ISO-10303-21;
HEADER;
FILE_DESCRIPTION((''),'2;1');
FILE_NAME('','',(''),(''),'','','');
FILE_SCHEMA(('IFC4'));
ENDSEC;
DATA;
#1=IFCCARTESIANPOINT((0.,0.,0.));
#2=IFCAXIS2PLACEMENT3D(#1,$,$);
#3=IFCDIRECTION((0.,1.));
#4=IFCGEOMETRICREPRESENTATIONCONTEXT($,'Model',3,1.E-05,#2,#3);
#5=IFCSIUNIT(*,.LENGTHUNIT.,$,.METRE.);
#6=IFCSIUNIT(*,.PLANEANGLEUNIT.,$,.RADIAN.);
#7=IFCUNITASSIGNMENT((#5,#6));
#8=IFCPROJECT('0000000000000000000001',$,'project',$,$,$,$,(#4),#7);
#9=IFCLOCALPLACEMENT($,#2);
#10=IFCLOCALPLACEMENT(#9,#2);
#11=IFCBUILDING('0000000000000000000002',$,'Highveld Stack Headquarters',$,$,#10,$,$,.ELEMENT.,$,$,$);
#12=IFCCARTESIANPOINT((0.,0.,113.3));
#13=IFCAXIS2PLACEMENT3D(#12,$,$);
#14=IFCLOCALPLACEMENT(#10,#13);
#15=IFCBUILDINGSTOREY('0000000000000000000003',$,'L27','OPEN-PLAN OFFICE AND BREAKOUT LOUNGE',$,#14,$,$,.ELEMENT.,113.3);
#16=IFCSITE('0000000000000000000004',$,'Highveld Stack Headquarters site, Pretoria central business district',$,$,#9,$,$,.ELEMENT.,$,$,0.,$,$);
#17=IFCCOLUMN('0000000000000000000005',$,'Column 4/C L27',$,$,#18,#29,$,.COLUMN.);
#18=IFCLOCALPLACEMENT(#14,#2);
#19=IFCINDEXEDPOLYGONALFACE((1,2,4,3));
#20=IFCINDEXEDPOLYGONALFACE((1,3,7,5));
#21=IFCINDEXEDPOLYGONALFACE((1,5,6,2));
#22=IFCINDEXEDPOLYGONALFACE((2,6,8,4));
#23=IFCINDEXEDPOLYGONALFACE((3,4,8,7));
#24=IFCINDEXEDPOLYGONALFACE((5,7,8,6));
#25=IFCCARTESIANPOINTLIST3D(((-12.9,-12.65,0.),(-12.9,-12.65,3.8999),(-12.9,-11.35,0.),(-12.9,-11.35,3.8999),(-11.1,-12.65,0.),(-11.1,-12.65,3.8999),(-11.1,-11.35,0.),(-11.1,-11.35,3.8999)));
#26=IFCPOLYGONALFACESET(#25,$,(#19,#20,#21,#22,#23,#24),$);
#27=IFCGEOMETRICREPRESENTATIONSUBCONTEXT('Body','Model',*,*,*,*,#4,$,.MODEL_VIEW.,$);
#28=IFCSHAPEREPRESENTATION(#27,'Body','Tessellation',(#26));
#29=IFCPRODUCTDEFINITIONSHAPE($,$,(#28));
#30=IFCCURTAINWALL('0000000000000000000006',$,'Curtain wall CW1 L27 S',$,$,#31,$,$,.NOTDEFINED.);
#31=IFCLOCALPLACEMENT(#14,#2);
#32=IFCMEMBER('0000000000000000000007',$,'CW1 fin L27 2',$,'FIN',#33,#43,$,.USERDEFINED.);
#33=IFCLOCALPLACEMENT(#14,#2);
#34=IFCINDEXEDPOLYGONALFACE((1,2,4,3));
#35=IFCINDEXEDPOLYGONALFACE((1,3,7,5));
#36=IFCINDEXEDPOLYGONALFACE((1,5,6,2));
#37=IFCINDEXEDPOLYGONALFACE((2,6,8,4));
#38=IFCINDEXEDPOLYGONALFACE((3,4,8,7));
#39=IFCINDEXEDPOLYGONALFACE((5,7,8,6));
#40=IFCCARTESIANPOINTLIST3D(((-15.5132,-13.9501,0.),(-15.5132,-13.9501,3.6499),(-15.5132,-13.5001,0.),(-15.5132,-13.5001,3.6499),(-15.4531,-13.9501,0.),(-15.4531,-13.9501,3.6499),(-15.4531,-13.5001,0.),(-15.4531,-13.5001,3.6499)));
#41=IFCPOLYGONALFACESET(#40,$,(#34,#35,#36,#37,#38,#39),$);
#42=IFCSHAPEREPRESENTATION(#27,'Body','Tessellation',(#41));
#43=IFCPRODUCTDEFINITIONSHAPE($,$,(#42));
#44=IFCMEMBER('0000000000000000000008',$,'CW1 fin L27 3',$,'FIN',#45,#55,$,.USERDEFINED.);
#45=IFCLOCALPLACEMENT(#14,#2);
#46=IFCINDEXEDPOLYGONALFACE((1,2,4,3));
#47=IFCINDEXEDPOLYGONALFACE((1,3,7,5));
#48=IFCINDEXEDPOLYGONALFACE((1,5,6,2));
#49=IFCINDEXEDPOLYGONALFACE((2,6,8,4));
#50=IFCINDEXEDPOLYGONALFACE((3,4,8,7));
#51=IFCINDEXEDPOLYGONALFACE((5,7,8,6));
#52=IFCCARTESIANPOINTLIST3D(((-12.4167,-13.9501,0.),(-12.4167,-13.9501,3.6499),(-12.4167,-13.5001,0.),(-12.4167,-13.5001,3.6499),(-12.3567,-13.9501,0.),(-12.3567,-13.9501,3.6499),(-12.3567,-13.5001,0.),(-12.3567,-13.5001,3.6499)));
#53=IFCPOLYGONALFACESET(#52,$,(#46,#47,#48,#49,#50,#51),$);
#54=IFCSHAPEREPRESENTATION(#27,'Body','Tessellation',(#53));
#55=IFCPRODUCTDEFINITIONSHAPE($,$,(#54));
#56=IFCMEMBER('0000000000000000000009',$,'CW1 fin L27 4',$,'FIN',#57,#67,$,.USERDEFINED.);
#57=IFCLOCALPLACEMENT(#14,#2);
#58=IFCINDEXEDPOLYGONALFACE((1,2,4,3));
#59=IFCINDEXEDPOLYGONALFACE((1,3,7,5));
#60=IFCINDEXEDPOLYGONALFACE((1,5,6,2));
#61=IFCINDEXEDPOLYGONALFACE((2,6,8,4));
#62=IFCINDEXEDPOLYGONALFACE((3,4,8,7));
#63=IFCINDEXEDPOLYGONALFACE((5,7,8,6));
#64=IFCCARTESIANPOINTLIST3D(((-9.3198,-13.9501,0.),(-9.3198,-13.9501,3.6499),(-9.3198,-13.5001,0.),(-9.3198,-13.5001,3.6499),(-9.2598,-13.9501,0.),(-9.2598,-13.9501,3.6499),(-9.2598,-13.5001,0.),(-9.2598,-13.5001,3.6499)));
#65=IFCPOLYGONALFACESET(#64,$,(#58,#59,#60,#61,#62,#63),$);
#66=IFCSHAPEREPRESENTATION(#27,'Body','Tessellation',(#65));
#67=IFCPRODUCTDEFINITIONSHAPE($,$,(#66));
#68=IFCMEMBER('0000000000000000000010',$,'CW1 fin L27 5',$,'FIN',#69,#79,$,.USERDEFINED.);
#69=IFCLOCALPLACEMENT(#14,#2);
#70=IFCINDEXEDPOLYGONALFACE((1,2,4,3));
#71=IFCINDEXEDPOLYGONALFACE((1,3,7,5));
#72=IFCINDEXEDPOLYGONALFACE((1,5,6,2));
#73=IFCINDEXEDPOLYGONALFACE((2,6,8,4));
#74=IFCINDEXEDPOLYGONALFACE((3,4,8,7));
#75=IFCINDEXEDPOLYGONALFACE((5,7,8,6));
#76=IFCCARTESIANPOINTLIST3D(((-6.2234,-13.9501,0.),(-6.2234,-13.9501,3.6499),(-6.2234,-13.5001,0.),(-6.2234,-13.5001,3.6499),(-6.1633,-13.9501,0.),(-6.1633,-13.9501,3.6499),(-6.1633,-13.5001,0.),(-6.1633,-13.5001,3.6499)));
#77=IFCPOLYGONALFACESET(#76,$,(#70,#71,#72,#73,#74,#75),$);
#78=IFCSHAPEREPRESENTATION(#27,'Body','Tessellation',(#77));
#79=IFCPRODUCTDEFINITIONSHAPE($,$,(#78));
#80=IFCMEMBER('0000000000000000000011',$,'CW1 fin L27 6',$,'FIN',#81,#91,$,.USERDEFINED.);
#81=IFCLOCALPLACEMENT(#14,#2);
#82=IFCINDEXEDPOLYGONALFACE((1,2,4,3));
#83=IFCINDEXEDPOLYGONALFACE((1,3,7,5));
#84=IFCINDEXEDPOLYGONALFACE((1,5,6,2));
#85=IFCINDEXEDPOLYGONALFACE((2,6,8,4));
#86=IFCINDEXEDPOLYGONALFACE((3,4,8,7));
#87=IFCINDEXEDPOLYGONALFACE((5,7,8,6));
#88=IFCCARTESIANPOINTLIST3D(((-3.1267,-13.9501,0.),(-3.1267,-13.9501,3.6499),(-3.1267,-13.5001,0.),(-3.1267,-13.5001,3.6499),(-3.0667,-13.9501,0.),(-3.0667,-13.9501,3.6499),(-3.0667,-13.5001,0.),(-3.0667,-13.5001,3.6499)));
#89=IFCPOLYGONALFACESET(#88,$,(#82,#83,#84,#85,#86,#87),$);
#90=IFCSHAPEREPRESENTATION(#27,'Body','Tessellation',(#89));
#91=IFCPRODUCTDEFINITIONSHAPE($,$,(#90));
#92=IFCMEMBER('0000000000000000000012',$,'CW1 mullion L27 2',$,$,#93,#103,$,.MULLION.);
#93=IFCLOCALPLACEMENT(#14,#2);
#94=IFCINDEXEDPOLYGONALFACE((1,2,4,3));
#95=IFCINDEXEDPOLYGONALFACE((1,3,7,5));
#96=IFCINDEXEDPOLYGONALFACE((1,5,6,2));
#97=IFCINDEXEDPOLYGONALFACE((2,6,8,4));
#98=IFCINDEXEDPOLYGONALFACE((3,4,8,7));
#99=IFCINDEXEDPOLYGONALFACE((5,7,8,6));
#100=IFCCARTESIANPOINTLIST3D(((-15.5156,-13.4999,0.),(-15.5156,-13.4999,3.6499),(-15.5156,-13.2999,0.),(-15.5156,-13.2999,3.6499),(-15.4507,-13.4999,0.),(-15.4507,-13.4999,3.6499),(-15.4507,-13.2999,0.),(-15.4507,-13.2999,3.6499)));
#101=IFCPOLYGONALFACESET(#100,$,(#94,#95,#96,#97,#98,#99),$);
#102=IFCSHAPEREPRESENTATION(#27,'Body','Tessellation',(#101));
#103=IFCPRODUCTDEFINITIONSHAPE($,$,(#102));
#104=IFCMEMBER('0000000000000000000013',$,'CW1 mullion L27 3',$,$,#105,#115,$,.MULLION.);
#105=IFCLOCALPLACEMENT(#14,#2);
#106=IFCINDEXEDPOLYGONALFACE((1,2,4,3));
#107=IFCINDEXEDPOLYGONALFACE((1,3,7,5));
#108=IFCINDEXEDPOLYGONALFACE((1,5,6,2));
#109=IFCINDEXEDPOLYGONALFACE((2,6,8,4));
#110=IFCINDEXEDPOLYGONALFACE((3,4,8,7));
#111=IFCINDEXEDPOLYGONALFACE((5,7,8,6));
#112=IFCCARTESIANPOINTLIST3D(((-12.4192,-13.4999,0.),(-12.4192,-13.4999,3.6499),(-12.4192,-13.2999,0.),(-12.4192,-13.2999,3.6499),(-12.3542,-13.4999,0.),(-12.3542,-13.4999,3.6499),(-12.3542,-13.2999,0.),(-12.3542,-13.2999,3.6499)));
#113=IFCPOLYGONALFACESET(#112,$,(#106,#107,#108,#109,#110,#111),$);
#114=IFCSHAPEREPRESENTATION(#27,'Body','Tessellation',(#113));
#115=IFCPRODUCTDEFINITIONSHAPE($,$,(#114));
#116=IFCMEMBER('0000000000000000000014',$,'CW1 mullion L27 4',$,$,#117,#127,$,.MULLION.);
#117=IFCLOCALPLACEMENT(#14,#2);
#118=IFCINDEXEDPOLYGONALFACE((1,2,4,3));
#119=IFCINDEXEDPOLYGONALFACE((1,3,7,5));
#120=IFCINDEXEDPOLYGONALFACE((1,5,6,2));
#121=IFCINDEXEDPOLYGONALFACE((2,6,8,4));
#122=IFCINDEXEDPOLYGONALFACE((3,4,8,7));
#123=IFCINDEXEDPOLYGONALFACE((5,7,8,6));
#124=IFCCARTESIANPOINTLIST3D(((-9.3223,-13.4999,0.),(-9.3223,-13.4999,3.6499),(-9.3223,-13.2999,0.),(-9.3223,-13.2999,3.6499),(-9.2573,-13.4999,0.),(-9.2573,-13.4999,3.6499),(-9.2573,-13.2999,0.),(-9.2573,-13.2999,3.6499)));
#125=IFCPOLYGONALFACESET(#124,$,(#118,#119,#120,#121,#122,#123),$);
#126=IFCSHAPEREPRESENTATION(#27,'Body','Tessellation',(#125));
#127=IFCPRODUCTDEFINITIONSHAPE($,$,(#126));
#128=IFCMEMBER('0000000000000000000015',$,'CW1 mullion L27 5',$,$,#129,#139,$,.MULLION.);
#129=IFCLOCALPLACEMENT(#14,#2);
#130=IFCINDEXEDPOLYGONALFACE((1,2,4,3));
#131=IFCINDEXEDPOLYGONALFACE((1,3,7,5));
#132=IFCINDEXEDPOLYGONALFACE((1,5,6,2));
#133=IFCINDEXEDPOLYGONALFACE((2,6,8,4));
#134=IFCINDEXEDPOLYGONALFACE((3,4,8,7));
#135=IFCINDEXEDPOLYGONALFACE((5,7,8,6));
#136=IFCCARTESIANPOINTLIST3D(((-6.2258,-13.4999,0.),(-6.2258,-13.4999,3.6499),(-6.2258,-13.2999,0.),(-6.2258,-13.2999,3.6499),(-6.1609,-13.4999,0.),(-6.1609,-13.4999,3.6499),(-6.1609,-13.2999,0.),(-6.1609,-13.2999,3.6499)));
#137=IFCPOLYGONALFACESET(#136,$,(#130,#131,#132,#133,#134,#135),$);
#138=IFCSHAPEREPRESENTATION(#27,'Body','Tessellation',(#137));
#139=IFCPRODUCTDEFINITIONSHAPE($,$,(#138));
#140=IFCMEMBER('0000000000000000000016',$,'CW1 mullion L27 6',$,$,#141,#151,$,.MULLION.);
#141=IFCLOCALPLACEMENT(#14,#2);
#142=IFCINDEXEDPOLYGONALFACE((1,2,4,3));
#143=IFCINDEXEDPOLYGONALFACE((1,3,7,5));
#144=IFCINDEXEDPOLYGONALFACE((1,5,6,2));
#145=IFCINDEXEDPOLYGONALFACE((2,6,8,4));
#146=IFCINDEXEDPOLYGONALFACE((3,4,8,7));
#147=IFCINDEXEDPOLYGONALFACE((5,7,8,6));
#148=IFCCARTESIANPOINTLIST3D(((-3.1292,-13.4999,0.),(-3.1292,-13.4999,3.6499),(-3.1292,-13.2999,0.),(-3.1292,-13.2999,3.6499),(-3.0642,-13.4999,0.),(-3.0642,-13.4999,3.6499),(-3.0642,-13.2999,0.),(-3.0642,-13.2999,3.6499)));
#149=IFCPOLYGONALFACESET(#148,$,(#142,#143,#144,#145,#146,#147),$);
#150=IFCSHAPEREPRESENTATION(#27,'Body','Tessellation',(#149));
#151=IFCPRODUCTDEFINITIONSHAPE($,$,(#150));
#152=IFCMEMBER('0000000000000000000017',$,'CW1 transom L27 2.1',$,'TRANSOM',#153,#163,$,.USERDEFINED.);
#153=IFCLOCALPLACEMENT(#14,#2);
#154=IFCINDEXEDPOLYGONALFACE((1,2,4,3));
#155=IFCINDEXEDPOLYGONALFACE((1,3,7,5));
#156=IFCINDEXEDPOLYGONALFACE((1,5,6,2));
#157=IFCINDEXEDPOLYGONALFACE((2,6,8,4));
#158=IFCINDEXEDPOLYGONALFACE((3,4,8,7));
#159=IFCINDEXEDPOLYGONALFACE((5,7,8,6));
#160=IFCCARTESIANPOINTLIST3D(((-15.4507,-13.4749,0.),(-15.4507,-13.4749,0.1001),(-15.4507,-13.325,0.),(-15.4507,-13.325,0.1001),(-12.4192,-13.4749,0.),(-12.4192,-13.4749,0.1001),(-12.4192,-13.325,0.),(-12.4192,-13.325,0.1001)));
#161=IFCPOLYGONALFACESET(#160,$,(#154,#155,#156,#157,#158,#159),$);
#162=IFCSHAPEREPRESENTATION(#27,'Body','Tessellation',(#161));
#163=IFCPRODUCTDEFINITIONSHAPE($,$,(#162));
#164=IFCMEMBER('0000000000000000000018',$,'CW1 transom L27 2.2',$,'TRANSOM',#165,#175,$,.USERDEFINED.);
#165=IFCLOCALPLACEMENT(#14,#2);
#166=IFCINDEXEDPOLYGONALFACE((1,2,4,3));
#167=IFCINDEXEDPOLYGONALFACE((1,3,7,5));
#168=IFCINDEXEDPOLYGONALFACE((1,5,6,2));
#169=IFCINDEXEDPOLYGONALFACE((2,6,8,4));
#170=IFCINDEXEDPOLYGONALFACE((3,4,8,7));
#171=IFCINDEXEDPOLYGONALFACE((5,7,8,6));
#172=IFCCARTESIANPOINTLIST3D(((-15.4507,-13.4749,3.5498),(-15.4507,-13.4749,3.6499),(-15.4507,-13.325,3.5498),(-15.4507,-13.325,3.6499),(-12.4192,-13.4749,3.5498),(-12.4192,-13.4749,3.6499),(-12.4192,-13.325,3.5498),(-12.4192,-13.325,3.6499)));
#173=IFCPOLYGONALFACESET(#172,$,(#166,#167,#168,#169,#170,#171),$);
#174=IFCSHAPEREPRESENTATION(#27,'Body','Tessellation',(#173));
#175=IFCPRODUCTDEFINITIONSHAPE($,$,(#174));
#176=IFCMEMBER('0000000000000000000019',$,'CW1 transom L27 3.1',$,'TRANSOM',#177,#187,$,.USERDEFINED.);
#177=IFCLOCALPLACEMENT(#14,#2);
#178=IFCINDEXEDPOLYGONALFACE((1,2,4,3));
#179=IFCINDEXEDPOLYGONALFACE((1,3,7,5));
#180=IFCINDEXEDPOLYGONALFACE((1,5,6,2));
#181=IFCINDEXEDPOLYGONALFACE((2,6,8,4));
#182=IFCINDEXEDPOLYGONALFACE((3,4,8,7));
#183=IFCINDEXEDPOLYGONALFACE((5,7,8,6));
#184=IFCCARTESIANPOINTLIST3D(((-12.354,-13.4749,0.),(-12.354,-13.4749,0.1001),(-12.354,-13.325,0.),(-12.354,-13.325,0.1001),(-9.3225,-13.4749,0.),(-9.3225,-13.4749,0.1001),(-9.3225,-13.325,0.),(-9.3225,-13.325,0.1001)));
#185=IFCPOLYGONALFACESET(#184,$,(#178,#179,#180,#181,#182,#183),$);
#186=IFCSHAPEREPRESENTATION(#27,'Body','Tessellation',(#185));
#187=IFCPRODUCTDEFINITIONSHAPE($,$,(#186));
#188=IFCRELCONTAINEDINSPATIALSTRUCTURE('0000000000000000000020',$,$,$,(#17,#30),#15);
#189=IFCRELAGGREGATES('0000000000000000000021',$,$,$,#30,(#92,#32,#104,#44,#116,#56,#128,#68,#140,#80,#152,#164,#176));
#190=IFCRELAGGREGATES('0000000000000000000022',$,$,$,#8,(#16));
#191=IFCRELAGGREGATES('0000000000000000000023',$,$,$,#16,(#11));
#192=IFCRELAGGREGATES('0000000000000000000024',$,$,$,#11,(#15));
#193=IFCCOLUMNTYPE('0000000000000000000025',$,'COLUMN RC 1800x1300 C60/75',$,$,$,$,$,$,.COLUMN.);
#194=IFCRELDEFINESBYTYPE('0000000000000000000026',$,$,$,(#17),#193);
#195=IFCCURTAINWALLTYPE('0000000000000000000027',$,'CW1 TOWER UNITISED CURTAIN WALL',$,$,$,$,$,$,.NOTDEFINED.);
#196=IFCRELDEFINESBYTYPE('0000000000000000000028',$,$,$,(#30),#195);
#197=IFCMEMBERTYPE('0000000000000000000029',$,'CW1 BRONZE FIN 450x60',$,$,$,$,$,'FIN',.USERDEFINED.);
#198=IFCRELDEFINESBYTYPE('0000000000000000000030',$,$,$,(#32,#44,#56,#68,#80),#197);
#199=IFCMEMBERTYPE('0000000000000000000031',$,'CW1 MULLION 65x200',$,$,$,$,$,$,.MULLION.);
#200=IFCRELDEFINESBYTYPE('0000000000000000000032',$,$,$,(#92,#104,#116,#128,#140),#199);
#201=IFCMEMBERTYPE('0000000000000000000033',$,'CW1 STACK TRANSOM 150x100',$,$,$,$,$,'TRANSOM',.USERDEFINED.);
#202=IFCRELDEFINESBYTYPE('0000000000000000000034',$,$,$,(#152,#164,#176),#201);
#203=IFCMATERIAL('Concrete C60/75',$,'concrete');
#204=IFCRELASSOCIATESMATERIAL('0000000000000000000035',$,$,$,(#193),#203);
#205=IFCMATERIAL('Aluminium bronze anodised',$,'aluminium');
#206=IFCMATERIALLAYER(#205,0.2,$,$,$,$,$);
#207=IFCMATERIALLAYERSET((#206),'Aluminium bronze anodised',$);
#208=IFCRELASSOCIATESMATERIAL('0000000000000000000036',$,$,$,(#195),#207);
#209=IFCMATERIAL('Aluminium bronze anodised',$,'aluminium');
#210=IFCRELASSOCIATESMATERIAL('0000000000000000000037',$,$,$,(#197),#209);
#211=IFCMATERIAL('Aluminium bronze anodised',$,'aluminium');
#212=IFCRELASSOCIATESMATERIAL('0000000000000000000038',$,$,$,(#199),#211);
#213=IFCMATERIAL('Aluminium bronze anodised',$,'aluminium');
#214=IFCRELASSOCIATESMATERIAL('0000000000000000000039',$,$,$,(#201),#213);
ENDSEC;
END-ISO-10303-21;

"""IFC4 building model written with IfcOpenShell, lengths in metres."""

from ifc_helpers import new_model, si_unit, direction, frame, origin, origin_2d, place, context, subcontext, project, spatial, rectangle, extrude, material, layer, layer_set, material_profile, profile_set, type_object, element, aggregate, save


model = new_model("IFC4")

# Units and contexts
model_context = context("Model", 3, precision=1e-05, world=origin(), true_north=direction((0.0, 1.0)))
body_context = subcontext(model_context, "Body", "Model", "MODEL_VIEW")
ifc_project = project(units=[si_unit("LENGTHUNIT", "METRE"), si_unit("PLANEANGLEUNIT", "RADIAN")], contexts=[model_context])

# Site, building, storey
site_placement = place(None, origin())
site = spatial("IfcSite", under=ifc_project, at=site_placement, Name="Highveld Stack Headquarters site, Pretoria central business district", CompositionType="ELEMENT", RefElevation=0.0)
building_placement = place(site_placement, origin())
building = spatial("IfcBuilding", under=site, at=building_placement, Name="Highveld Stack Headquarters", CompositionType="ELEMENT")
storey_placement = place(building_placement, frame((0.0, 0.0, 113.3)))
storey = spatial("IfcBuildingStorey", under=building, at=storey_placement, Name="L27", Description="OPEN-PLAN OFFICE AND BREAKOUT LOUNGE", CompositionType="ELEMENT", Elevation=113.3)

# Column
ifc_material_1 = material(Name="Concrete C60/75", Category="concrete")
ifc_material_profile_1 = material_profile(ifc_material_1, rectangle(XDim=1.8, YDim=1.3, at=origin_2d()), Name="RC 1800x1300")
ifc_profile_set_1 = profile_set([ifc_material_profile_1], Name="Concrete C60/75")
column_type = type_object("IfcColumnType", Name="COLUMN RC 1800x1300 C60/75", PredefinedType="COLUMN", material=ifc_profile_set_1)
column_placement = place(storey_placement, frame((-12.0, -12.0, 0.0), z_axis=(0.0, 0.0, 1.0), x_axis=(1.0, 0.0, 0.0)))
element("IfcColumn", 1, at=column_placement, inside=storey, type_object=column_type, Name="Column 4/C L27", PredefinedType="COLUMN", context=body_context, shape_type="SweptSolid", body=[
    extrude(rectangle(XDim=1.8, YDim=1.3, at=origin_2d()), origin(), (0.0, 0.0, 1.0), 3.8999),
])

# Curtain wall, members
ifc_material_2 = material(Name="Aluminium bronze anodised", Category="aluminium")
ifc_layer_1 = layer(ifc_material_2, 0.2)
ifc_layer_set_1 = layer_set([ifc_layer_1], Name="Aluminium bronze anodised")
curtain_wall_type = type_object("IfcCurtainWallType", Name="CW1 TOWER UNITISED CURTAIN WALL", PredefinedType="NOTDEFINED", material=ifc_layer_set_1)
curtain_wall_placement = place(storey_placement, origin())
curtain_wall = element("IfcCurtainWall", 2, at=curtain_wall_placement, inside=storey, type_object=curtain_wall_type, Name="Curtain wall CW1 L27 S", PredefinedType="NOTDEFINED")
ifc_material_3 = material(Name="Aluminium bronze anodised", Category="aluminium")
ifc_material_profile_2 = material_profile(ifc_material_3, rectangle(XDim=0.45, YDim=0.0601, at=origin_2d()), Name="FIN 450x60")
ifc_profile_set_2 = profile_set([ifc_material_profile_2], Name="Aluminium bronze anodised")
member_type_1 = type_object("IfcMemberType", Name="CW1 BRONZE FIN 450x60", ElementType="FIN", PredefinedType="USERDEFINED", material=ifc_profile_set_2)
member_1_placement = place(storey_placement, frame((-15.4832, -13.7251, 0.0), z_axis=(0.0, 0.0, 1.0), x_axis=(0.0, 1.0, 0.0)))
member_1 = element("IfcMember", 3, at=member_1_placement, type_object=member_type_1, Name="CW1 fin L27 2", ObjectType="FIN", PredefinedType="USERDEFINED", context=body_context, shape_type="SweptSolid", body=[
    extrude(rectangle(XDim=0.45, YDim=0.0601, at=origin_2d()), origin(), (0.0, 0.0, 1.0), 3.6499),
])
member_2_placement = place(storey_placement, frame((-12.3867, -13.7251, 0.0), z_axis=(0.0, 0.0, 1.0), x_axis=(0.0, 1.0, 0.0)))
member_2 = element("IfcMember", 4, at=member_2_placement, type_object=member_type_1, Name="CW1 fin L27 3", ObjectType="FIN", PredefinedType="USERDEFINED", context=body_context, shape_type="SweptSolid", body=[
    extrude(rectangle(XDim=0.45, YDim=0.0601, at=origin_2d()), origin(), (0.0, 0.0, 1.0), 3.6499),
])
member_3_placement = place(storey_placement, frame((-9.2898, -13.7251, 0.0), z_axis=(0.0, 0.0, 1.0), x_axis=(0.0, 1.0, 0.0)))
member_3 = element("IfcMember", 5, at=member_3_placement, type_object=member_type_1, Name="CW1 fin L27 4", ObjectType="FIN", PredefinedType="USERDEFINED", context=body_context, shape_type="SweptSolid", body=[
    extrude(rectangle(XDim=0.45, YDim=0.0601, at=origin_2d()), origin(), (0.0, 0.0, 1.0), 3.6499),
])
member_4_placement = place(storey_placement, frame((-6.1934, -13.7251, 0.0), z_axis=(0.0, 0.0, 1.0), x_axis=(0.0, 1.0, 0.0)))
member_4 = element("IfcMember", 6, at=member_4_placement, type_object=member_type_1, Name="CW1 fin L27 5", ObjectType="FIN", PredefinedType="USERDEFINED", context=body_context, shape_type="SweptSolid", body=[
    extrude(rectangle(XDim=0.45, YDim=0.0601, at=origin_2d()), origin(), (0.0, 0.0, 1.0), 3.6499),
])
member_5_placement = place(storey_placement, frame((-3.0967, -13.7251, 0.0), z_axis=(0.0, 0.0, 1.0), x_axis=(0.0, 1.0, 0.0)))
member_5 = element("IfcMember", 7, at=member_5_placement, type_object=member_type_1, Name="CW1 fin L27 6", ObjectType="FIN", PredefinedType="USERDEFINED", context=body_context, shape_type="SweptSolid", body=[
    extrude(rectangle(XDim=0.45, YDim=0.0601, at=origin_2d()), origin(), (0.0, 0.0, 1.0), 3.6499),
])
ifc_material_4 = material(Name="Aluminium bronze anodised", Category="aluminium")
ifc_material_profile_3 = material_profile(ifc_material_4, rectangle(XDim=0.2, YDim=0.0649, at=origin_2d()), Name="CW1 MULLION 65x200")
ifc_profile_set_3 = profile_set([ifc_material_profile_3], Name="Aluminium bronze anodised")
member_type_2 = type_object("IfcMemberType", Name="CW1 MULLION 65x200", PredefinedType="MULLION", material=ifc_profile_set_3)
member_6_placement = place(storey_placement, frame((-15.4832, -13.3999, 0.0), z_axis=(0.0, 0.0, 1.0), x_axis=(0.0, 1.0, 0.0)))
member_6 = element("IfcMember", 8, at=member_6_placement, type_object=member_type_2, Name="CW1 mullion L27 2", PredefinedType="MULLION", context=body_context, shape_type="SweptSolid", body=[
    extrude(rectangle(XDim=0.2, YDim=0.0649, at=origin_2d()), origin(), (0.0, 0.0, 1.0), 3.6499),
])
member_7_placement = place(storey_placement, frame((-12.3867, -13.3999, 0.0), z_axis=(0.0, 0.0, 1.0), x_axis=(0.0, 1.0, 0.0)))
member_7 = element("IfcMember", 9, at=member_7_placement, type_object=member_type_2, Name="CW1 mullion L27 3", PredefinedType="MULLION", context=body_context, shape_type="SweptSolid", body=[
    extrude(rectangle(XDim=0.2, YDim=0.0649, at=origin_2d()), origin(), (0.0, 0.0, 1.0), 3.6499),
])
member_8_placement = place(storey_placement, frame((-9.2898, -13.3999, 0.0), z_axis=(0.0, 0.0, 1.0), x_axis=(0.0, 1.0, 0.0)))
member_8 = element("IfcMember", 10, at=member_8_placement, type_object=member_type_2, Name="CW1 mullion L27 4", PredefinedType="MULLION", context=body_context, shape_type="SweptSolid", body=[
    extrude(rectangle(XDim=0.2, YDim=0.0649, at=origin_2d()), origin(), (0.0, 0.0, 1.0), 3.6499),
])
member_9_placement = place(storey_placement, frame((-6.1934, -13.3999, 0.0), z_axis=(0.0, 0.0, 1.0), x_axis=(0.0, 1.0, 0.0)))
member_9 = element("IfcMember", 11, at=member_9_placement, type_object=member_type_2, Name="CW1 mullion L27 5", PredefinedType="MULLION", context=body_context, shape_type="SweptSolid", body=[
    extrude(rectangle(XDim=0.2, YDim=0.0649, at=origin_2d()), origin(), (0.0, 0.0, 1.0), 3.6499),
])
member_10_placement = place(storey_placement, frame((-3.0967, -13.3999, 0.0), z_axis=(0.0, 0.0, 1.0), x_axis=(0.0, 1.0, 0.0)))
member_10 = element("IfcMember", 12, at=member_10_placement, type_object=member_type_2, Name="CW1 mullion L27 6", PredefinedType="MULLION", context=body_context, shape_type="SweptSolid", body=[
    extrude(rectangle(XDim=0.2, YDim=0.0649, at=origin_2d()), origin(), (0.0, 0.0, 1.0), 3.6499),
])
ifc_material_5 = material(Name="Aluminium bronze anodised", Category="aluminium")
ifc_material_profile_4 = material_profile(ifc_material_5, rectangle(XDim=0.1499, YDim=0.1001, at=origin_2d()), Name="CW1 TRANSOM 150x100")
ifc_profile_set_4 = profile_set([ifc_material_profile_4], Name="Aluminium bronze anodised")
member_type_3 = type_object("IfcMemberType", Name="CW1 STACK TRANSOM 150x100", ElementType="TRANSOM", PredefinedType="USERDEFINED", material=ifc_profile_set_4)
member_11_placement = place(storey_placement, frame((-15.4507, -13.3999, 0.05), z_axis=(1.0, 0.0, 0.0), x_axis=(0.0, 1.0, 0.0)))
member_11 = element("IfcMember", 13, at=member_11_placement, type_object=member_type_3, Name="CW1 transom L27 2.1", ObjectType="TRANSOM", PredefinedType="USERDEFINED", context=body_context, shape_type="SweptSolid", body=[
    extrude(rectangle(XDim=0.1499, YDim=0.1001, at=origin_2d()), origin(), (0.0, 0.0, 1.0), 3.0315),
])
member_12_placement = place(storey_placement, frame((-15.4507, -13.3999, 3.5999), z_axis=(1.0, 0.0, 0.0), x_axis=(0.0, 1.0, 0.0)))
member_12 = element("IfcMember", 14, at=member_12_placement, type_object=member_type_3, Name="CW1 transom L27 2.2", ObjectType="TRANSOM", PredefinedType="USERDEFINED", context=body_context, shape_type="SweptSolid", body=[
    extrude(rectangle(XDim=0.1499, YDim=0.1001, at=origin_2d()), origin(), (0.0, 0.0, 1.0), 3.0315),
])
member_13_placement = place(storey_placement, frame((-12.354, -13.3999, 0.05), z_axis=(1.0, 0.0, 0.0), x_axis=(0.0, 1.0, 0.0)))
member_13 = element("IfcMember", 15, at=member_13_placement, type_object=member_type_3, Name="CW1 transom L27 3.1", ObjectType="TRANSOM", PredefinedType="USERDEFINED", context=body_context, shape_type="SweptSolid", body=[
    extrude(rectangle(XDim=0.1499, YDim=0.1001, at=origin_2d()), origin(), (0.0, 0.0, 1.0), 3.0315),
])
aggregate(curtain_wall, [member_6, member_1, member_7, member_2, member_8, member_3, member_9, member_4, member_10, member_5, member_11, member_12, member_13])

save(model, "model.ifc")
